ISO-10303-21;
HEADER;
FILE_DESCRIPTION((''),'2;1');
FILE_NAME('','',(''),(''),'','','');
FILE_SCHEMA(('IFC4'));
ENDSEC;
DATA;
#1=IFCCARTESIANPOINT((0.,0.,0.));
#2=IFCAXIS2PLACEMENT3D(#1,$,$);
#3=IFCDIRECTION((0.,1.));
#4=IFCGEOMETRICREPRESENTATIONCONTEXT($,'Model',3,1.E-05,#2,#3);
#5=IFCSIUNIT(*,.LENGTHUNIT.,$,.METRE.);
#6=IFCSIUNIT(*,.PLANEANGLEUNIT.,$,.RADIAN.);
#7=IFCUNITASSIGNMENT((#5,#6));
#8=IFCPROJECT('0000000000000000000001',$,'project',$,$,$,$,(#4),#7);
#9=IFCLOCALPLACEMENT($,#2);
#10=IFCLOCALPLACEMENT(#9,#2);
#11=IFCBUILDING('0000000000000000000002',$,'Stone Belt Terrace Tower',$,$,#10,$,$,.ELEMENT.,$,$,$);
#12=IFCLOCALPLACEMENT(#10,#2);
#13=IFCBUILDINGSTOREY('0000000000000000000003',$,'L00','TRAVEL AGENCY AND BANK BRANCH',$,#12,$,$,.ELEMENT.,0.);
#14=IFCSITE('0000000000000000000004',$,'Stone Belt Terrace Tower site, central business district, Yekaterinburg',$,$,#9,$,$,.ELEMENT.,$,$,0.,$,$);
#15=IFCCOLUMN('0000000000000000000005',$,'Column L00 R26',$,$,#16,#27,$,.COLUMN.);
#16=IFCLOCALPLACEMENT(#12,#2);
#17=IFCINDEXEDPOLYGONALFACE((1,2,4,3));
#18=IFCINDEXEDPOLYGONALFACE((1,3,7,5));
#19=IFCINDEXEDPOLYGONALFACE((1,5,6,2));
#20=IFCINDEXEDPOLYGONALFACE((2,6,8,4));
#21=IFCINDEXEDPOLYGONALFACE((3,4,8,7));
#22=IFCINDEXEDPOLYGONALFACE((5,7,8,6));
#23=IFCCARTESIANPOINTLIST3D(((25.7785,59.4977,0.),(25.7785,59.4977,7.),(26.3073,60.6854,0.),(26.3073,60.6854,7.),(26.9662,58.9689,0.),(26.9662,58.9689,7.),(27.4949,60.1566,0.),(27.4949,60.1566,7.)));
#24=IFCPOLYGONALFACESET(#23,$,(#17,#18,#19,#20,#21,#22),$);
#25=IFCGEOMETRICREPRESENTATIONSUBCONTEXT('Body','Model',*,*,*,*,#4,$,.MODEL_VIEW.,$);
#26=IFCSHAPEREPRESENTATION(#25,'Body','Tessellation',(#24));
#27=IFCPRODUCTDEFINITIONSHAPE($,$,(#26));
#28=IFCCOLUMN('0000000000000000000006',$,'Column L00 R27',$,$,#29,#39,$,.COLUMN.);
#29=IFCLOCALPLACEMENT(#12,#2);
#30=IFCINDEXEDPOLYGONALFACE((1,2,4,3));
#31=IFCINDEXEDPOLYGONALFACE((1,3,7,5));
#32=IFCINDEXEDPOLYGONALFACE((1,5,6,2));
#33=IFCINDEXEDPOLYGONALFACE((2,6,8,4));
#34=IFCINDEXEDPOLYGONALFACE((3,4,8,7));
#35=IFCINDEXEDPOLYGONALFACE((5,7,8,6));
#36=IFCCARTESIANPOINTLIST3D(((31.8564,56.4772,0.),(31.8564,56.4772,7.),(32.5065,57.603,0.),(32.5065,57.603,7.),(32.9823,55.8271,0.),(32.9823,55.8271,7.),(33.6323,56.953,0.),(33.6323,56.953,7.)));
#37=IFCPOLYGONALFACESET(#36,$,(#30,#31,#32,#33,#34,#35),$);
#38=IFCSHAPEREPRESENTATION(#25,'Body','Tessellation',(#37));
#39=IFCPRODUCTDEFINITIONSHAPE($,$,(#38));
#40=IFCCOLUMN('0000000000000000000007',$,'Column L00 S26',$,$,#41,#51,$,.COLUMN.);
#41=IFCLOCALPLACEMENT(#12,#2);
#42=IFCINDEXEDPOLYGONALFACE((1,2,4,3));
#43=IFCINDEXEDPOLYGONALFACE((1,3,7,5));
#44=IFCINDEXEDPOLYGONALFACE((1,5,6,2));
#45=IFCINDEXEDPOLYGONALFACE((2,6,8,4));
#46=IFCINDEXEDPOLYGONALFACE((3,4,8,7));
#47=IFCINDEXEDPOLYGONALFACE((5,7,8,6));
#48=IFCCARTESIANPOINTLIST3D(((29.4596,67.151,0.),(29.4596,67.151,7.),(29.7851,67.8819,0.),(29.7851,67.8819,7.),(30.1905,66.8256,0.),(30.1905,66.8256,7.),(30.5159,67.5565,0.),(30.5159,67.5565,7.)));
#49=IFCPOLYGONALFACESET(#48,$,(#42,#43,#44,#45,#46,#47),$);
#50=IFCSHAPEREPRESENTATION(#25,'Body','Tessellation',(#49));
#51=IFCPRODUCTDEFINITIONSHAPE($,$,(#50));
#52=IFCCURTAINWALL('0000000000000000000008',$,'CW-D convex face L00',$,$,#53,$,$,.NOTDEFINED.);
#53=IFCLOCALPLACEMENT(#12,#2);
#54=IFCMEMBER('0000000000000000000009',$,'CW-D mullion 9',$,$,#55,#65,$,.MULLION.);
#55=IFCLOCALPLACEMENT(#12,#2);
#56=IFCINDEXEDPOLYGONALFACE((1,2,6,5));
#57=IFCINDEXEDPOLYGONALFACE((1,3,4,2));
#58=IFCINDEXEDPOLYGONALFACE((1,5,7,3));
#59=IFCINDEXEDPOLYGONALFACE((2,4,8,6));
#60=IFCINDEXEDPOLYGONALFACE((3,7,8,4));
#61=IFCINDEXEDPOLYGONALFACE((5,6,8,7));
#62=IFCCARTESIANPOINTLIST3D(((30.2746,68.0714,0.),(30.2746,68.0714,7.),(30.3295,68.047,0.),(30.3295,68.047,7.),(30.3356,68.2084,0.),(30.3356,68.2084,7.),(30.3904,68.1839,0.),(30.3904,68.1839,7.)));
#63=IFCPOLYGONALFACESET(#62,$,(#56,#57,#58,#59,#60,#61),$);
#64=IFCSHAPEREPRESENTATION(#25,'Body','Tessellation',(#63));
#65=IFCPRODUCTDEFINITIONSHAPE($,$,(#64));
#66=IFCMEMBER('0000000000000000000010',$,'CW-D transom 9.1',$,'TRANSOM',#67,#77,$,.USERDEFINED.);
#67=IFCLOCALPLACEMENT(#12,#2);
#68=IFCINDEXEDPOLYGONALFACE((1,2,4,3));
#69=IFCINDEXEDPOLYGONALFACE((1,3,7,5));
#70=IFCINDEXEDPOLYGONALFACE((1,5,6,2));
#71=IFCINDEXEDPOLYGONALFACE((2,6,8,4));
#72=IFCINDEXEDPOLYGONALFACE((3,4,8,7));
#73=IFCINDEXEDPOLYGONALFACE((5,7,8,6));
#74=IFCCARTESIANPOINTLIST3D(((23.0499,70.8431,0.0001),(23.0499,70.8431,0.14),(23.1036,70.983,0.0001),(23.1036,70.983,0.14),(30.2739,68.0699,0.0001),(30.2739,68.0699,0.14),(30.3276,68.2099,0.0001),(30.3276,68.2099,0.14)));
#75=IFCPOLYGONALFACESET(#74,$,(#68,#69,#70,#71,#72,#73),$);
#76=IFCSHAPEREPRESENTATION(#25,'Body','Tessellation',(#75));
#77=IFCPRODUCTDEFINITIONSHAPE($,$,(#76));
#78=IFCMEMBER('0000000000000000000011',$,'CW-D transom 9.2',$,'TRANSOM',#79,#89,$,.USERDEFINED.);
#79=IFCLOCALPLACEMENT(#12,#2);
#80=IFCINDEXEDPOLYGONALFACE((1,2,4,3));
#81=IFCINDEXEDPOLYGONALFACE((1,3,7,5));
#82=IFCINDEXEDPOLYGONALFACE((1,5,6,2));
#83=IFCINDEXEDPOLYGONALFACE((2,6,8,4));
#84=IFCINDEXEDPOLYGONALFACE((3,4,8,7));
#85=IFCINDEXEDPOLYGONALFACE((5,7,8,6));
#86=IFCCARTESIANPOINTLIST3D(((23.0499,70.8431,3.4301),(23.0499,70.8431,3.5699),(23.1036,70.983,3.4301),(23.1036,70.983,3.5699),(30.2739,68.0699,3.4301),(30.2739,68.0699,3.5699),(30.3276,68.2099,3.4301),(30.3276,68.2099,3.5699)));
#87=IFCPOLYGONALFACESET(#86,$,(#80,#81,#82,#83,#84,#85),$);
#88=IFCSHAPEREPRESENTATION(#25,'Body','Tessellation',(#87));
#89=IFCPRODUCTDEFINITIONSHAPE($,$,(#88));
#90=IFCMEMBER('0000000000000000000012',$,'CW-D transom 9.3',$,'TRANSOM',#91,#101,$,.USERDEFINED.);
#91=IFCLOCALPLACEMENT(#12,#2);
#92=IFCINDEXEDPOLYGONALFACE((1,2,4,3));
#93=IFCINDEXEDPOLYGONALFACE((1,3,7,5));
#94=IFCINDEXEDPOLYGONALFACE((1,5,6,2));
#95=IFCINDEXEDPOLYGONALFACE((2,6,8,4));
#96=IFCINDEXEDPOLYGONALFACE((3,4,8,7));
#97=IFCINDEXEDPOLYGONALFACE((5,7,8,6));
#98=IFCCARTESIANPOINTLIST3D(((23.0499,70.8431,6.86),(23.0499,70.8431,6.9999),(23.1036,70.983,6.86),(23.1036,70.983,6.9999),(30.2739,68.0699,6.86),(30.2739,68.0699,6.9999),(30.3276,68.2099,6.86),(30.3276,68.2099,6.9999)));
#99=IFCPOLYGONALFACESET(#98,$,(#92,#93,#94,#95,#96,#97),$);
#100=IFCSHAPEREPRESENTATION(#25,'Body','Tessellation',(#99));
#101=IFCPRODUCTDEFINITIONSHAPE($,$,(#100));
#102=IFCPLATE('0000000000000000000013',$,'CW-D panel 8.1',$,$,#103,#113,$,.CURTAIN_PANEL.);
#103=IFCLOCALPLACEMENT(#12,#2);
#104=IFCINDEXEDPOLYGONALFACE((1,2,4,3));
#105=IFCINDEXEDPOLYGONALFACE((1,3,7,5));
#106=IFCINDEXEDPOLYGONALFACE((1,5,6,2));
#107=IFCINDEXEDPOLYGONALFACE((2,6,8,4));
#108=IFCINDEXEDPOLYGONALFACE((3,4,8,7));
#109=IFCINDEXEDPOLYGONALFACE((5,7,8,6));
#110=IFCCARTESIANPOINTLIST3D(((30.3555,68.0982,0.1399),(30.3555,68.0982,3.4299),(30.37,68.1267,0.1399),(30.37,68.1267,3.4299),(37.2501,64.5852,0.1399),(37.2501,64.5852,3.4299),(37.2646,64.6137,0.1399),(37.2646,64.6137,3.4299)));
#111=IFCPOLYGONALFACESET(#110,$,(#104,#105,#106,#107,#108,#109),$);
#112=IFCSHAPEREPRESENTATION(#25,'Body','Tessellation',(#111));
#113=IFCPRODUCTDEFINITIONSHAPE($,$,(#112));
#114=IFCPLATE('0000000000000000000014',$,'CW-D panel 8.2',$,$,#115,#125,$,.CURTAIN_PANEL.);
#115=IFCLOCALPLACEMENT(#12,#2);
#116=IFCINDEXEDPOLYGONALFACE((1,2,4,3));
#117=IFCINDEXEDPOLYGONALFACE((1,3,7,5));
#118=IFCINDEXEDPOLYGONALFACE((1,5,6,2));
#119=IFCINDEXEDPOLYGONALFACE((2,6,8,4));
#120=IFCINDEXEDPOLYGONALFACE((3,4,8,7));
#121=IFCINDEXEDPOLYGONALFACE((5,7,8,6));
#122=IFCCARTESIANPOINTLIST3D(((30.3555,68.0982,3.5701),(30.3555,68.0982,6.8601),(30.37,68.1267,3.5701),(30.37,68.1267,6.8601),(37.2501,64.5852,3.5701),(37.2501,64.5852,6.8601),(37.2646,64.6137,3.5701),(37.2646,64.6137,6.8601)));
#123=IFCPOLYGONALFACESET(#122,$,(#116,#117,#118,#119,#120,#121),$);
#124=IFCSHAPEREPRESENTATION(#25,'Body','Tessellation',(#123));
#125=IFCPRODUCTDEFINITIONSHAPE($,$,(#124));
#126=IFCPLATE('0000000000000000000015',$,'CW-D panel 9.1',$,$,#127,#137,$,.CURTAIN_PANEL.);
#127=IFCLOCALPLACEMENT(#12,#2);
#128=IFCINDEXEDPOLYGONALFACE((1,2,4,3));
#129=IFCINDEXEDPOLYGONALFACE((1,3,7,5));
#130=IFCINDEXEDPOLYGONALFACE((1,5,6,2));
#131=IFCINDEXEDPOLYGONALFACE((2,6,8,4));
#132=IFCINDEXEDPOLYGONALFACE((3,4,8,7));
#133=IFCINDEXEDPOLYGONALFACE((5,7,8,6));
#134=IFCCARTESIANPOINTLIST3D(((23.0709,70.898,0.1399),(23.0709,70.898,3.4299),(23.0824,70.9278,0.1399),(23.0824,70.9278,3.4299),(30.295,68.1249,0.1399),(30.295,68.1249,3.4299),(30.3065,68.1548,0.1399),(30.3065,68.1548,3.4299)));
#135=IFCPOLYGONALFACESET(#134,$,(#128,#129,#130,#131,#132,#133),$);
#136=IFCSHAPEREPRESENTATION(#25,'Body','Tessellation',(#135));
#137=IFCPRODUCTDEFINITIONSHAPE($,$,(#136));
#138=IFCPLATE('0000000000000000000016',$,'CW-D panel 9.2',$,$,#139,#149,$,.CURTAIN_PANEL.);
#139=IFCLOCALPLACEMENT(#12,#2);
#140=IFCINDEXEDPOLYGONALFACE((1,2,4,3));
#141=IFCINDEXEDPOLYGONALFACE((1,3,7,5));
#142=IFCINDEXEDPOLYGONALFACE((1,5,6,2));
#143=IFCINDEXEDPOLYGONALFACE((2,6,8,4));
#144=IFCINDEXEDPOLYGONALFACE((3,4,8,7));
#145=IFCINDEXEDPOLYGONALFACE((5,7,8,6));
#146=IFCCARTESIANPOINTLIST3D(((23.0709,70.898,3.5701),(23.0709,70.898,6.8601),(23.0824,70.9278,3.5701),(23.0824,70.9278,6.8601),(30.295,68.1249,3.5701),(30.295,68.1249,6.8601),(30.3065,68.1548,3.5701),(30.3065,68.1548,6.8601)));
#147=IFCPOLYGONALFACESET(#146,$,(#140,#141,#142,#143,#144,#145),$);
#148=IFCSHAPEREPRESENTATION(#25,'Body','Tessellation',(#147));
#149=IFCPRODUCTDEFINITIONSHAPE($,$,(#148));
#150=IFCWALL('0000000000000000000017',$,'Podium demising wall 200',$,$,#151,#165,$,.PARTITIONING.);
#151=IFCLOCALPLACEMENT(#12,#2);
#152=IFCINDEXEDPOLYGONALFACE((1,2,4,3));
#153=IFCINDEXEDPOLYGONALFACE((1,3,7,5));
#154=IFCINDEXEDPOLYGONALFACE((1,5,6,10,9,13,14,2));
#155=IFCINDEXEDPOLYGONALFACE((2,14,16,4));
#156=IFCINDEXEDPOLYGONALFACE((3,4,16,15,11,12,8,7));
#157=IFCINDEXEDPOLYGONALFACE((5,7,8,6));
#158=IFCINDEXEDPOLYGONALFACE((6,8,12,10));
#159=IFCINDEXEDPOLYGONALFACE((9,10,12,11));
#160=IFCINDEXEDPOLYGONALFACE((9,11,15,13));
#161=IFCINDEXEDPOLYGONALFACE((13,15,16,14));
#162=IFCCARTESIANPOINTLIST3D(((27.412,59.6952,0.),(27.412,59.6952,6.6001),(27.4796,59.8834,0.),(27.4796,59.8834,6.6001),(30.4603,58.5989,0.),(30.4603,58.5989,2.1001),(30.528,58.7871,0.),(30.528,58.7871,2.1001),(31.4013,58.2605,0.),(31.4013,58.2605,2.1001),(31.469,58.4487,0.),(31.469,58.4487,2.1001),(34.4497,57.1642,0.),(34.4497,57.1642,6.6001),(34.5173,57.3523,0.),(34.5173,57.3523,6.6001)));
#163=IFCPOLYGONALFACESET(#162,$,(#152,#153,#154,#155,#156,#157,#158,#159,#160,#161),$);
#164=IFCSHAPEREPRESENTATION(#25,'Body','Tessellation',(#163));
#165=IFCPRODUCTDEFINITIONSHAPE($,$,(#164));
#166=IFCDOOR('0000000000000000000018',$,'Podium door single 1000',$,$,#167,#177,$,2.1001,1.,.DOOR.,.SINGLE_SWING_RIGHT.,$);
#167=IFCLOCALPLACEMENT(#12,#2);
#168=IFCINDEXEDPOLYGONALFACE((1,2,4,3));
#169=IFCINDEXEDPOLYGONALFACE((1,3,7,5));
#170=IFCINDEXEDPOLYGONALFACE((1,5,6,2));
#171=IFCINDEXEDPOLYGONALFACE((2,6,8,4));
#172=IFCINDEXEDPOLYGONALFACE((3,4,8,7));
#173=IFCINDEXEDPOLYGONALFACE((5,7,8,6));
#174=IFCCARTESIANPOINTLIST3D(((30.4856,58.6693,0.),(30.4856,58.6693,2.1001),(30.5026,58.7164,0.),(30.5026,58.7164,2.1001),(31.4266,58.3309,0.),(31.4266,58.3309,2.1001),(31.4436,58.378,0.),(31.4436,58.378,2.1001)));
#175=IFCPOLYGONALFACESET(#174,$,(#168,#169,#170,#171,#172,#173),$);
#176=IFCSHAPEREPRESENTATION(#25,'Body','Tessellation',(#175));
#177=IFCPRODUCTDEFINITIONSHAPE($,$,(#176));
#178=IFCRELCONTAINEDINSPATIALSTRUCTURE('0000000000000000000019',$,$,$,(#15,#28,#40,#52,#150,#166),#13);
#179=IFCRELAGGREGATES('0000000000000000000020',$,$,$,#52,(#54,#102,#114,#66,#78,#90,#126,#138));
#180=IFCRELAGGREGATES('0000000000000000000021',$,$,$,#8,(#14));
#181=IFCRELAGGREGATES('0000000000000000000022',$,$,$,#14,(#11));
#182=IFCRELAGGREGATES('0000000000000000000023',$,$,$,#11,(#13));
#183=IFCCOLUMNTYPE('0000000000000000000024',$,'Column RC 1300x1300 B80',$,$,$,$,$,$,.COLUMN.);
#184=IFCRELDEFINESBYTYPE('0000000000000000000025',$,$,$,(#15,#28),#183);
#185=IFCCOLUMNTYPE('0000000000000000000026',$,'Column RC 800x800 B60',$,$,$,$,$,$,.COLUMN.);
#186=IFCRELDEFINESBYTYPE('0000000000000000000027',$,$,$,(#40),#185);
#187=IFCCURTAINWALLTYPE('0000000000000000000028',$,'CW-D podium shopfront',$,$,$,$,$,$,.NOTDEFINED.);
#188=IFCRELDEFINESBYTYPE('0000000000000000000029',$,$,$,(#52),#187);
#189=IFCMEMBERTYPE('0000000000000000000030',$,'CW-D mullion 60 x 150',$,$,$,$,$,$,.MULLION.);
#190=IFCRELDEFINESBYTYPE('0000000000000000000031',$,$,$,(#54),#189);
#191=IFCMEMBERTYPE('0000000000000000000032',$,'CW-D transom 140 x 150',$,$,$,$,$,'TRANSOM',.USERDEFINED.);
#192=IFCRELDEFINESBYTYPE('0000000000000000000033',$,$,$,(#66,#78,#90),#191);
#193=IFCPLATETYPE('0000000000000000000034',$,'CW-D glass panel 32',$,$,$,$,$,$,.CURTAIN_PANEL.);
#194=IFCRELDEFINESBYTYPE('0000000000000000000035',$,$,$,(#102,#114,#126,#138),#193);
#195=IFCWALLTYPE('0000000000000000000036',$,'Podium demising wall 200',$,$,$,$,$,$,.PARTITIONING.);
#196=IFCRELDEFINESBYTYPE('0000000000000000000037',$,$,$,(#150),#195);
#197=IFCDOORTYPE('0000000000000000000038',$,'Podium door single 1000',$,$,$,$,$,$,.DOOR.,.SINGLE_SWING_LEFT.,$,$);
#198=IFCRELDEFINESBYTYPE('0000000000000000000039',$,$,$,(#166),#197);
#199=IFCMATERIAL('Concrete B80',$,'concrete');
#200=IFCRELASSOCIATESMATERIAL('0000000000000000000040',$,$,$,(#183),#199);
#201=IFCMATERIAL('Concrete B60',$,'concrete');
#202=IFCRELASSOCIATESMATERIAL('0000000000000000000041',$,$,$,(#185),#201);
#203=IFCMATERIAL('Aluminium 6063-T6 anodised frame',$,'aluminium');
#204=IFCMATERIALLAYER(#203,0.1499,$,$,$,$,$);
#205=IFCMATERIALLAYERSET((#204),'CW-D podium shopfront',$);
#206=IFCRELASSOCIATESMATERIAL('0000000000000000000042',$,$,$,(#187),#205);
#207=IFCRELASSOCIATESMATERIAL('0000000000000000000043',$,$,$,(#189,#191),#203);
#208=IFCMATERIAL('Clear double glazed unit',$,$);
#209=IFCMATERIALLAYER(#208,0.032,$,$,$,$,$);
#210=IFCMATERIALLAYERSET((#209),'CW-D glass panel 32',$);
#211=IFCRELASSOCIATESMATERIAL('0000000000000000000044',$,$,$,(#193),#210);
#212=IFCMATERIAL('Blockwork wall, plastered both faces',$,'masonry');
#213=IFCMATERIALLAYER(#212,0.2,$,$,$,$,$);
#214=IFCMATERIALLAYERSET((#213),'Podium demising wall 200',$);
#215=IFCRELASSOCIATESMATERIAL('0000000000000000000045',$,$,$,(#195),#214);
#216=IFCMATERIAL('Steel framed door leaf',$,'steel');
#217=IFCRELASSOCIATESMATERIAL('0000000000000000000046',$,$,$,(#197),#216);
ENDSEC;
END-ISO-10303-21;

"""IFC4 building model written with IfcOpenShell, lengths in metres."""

from ifc_helpers import new_model, si_unit, direction, frame, frame_2d, origin, origin_2d, place, context, subcontext, project, spatial, rectangle, extrude, material, layer, layer_set, material_profile, profile_set, type_object, element, fill, aggregate, save


model = new_model("IFC4")

# Units and contexts
model_context = context("Model", 3, precision=1e-05, world=origin(), true_north=direction((0.0, 1.0)))
body_context = subcontext(model_context, "Body", "Model", "MODEL_VIEW")
ifc_project = project(units=[si_unit("LENGTHUNIT", "METRE"), si_unit("PLANEANGLEUNIT", "RADIAN")], contexts=[model_context])

# Site, building, storey
site_placement = place(None, origin())
site = spatial("IfcSite", under=ifc_project, at=site_placement, Name="Stone Belt Terrace Tower site, central business district, Yekaterinburg", CompositionType="ELEMENT", RefElevation=0.0)
building_placement = place(site_placement, origin())
building = spatial("IfcBuilding", under=site, at=building_placement, Name="Stone Belt Terrace Tower", CompositionType="ELEMENT")
storey_placement = place(building_placement, origin())
storey = spatial("IfcBuildingStorey", under=building, at=storey_placement, Name="L00", Description="TRAVEL AGENCY AND BANK BRANCH", CompositionType="ELEMENT", Elevation=0.0)

# Columns
ifc_material_1 = material(Name="Concrete B80", Category="concrete")
ifc_material_profile_1 = material_profile(ifc_material_1, rectangle(XDim=1.3, YDim=1.3, at=origin_2d()), Name="RC 1300x1300")
ifc_profile_set_1 = profile_set([ifc_material_profile_1], Name="Concrete B80")
column_type_1 = type_object("IfcColumnType", Name="Column RC 1300x1300 B80", PredefinedType="COLUMN", material=ifc_profile_set_1)
for number, where, z_axis, x_axis, name in (
    (1, (26.6367, 59.8271, 0.0), (0.0, 0.0, 1.0), (0.913545, -0.406737, 0.0), "Column L00 R26"),
    (2, (32.7444, 56.7151, 0.0), (0.0, 0.0, 1.0), (0.866025, -0.5, 0.0), "Column L00 R27"),
):
    element("IfcColumn", number, at=place(storey_placement, frame(where, z_axis=z_axis, x_axis=x_axis)), inside=storey, type_object=column_type_1, Name=name, PredefinedType="COLUMN", context=body_context, shape_type="SweptSolid", body=[
        extrude(rectangle(XDim=1.3, YDim=1.3, at=origin_2d()), origin(), (0.0, 0.0, 1.0), 7.0),
    ])
ifc_material_2 = material(Name="Concrete B60", Category="concrete")
ifc_material_profile_2 = material_profile(ifc_material_2, rectangle(XDim=0.8, YDim=0.8, at=origin_2d()), Name="RC 800x800")
ifc_profile_set_2 = profile_set([ifc_material_profile_2], Name="Concrete B60")
column_type_2 = type_object("IfcColumnType", Name="Column RC 800x800 B60", PredefinedType="COLUMN", material=ifc_profile_set_2)
column_placement = place(storey_placement, frame((29.9878, 67.3538, 0.0), z_axis=(0.0, 0.0, 1.0), x_axis=(0.913545, -0.406737, 0.0)))
element("IfcColumn", 3, at=column_placement, inside=storey, type_object=column_type_2, Name="Column L00 S26", PredefinedType="COLUMN", context=body_context, shape_type="SweptSolid", body=[
    extrude(rectangle(XDim=0.8, YDim=0.8, at=origin_2d()), origin(), (0.0, 0.0, 1.0), 7.0),
])

# Curtain wall, members, plates
ifc_material_3 = material(Name="Aluminium 6063-T6 anodised frame", Category="aluminium")
ifc_layer_1 = layer(ifc_material_3, 0.1499)
ifc_layer_set_1 = layer_set([ifc_layer_1], Name="CW-D podium shopfront")
curtain_wall_type = type_object("IfcCurtainWallType", Name="CW-D podium shopfront", PredefinedType="NOTDEFINED", material=ifc_layer_set_1)
curtain_wall_placement = place(storey_placement, origin())
curtain_wall = element("IfcCurtainWall", 4, at=curtain_wall_placement, inside=storey, type_object=curtain_wall_type, Name="CW-D convex face L00", PredefinedType="NOTDEFINED")
ifc_material_profile_3 = material_profile(ifc_material_3, rectangle(XDim=0.1499, YDim=0.0601, at=origin_2d()), Name="Aluminium 6063-T6 60x150")
ifc_profile_set_3 = profile_set([ifc_material_profile_3], Name="Aluminium 6063-T6 anodised frame")
member_type_1 = type_object("IfcMemberType", Name="CW-D mullion 60 x 150", PredefinedType="MULLION", material=ifc_profile_set_3)
member_1_placement = place(storey_placement, frame((30.3325, 68.1277, 0.0), z_axis=(0.0, 0.0, 1.0), x_axis=(-0.406737, -0.913545, 0.0)))
member_1 = element("IfcMember", 5, at=member_1_placement, type_object=member_type_1, Name="CW-D mullion 9", PredefinedType="MULLION", context=body_context, shape_type="SweptSolid", body=[
    extrude(rectangle(XDim=0.1499, YDim=0.0601, at=origin_2d()), origin(), (0.0, 0.0, 1.0), 7.0),
])
ifc_material_profile_4 = material_profile(ifc_material_3, rectangle(XDim=0.1499, YDim=0.1399, at=origin_2d()), Name="Aluminium 6063-T6 150x140")
ifc_profile_set_4 = profile_set([ifc_material_profile_4], Name="Aluminium 6063-T6 anodised frame")
member_type_2 = type_object("IfcMemberType", Name="CW-D transom 140 x 150", ElementType="TRANSOM", PredefinedType="USERDEFINED", material=ifc_profile_set_4)
member_2_placement = place(storey_placement, frame((30.3008, 68.1399, 0.0701), z_axis=(-0.933576, 0.358381, 0.0), x_axis=(-0.358381, -0.933576, 0.0)))
member_2 = element("IfcMember", 6, at=member_2_placement, type_object=member_type_2, Name="CW-D transom 9.1", ObjectType="TRANSOM", PredefinedType="USERDEFINED", context=body_context, shape_type="SweptSolid", body=[
    extrude(rectangle(XDim=0.1499, YDim=0.1399, at=origin_2d()), origin(), (0.0, 0.0, 1.0), 7.738),
])
member_3_placement = place(storey_placement, frame((30.3008, 68.1399, 3.5), z_axis=(-0.933576, 0.358381, 0.0), x_axis=(-0.358381, -0.933576, 0.0)))
member_3 = element("IfcMember", 7, at=member_3_placement, type_object=member_type_2, Name="CW-D transom 9.2", ObjectType="TRANSOM", PredefinedType="USERDEFINED", context=body_context, shape_type="SweptSolid", body=[
    extrude(rectangle(XDim=0.1499, YDim=0.1399, at=origin_2d()), origin(), (0.0, 0.0, 1.0), 7.738),
])
member_4_placement = place(storey_placement, frame((30.3008, 68.1399, 6.9299), z_axis=(-0.933576, 0.358381, 0.0), x_axis=(-0.358381, -0.933576, 0.0)))
member_4 = element("IfcMember", 8, at=member_4_placement, type_object=member_type_2, Name="CW-D transom 9.3", ObjectType="TRANSOM", PredefinedType="USERDEFINED", context=body_context, shape_type="SweptSolid", body=[
    extrude(rectangle(XDim=0.1499, YDim=0.1399, at=origin_2d()), origin(), (0.0, 0.0, 1.0), 7.738),
])
ifc_material_4 = material(Name="Clear double glazed unit")
ifc_layer_2 = layer(ifc_material_4, 0.032)
ifc_layer_set_2 = layer_set([ifc_layer_2], Name="CW-D glass panel 32")
plate_type = type_object("IfcPlateType", Name="CW-D glass panel 32", PredefinedType="CURTAIN_PANEL", material=ifc_layer_set_2)
plate_1_placement = place(storey_placement, frame((33.8101, 66.356, 0.1399), z_axis=(0.0, 0.0, 1.0), x_axis=(-0.891007, 0.45399, 0.0)))
plate_1 = element("IfcPlate", 9, at=plate_1_placement, type_object=plate_type, Name="CW-D panel 8.1", PredefinedType="CURTAIN_PANEL", context=body_context, shape_type="SweptSolid", body=[
    extrude(rectangle(XDim=7.738, YDim=0.032, at=origin_2d()), origin(), (0.0, 0.0, 1.0), 3.29),
])
plate_2_placement = place(storey_placement, frame((33.8101, 66.356, 3.5701), z_axis=(0.0, 0.0, 1.0), x_axis=(-0.891007, 0.45399, 0.0)))
plate_2 = element("IfcPlate", 10, at=plate_2_placement, type_object=plate_type, Name="CW-D panel 8.2", PredefinedType="CURTAIN_PANEL", context=body_context, shape_type="SweptSolid", body=[
    extrude(rectangle(XDim=7.738, YDim=0.032, at=origin_2d()), origin(), (0.0, 0.0, 1.0), 3.29),
])
plate_3_placement = place(storey_placement, frame((26.6887, 69.5264, 0.1399), z_axis=(0.0, 0.0, 1.0), x_axis=(-0.93358, 0.358368, 0.0)))
plate_3 = element("IfcPlate", 11, at=plate_3_placement, type_object=plate_type, Name="CW-D panel 9.1", PredefinedType="CURTAIN_PANEL", context=body_context, shape_type="SweptSolid", body=[
    extrude(rectangle(XDim=7.738, YDim=0.032, at=origin_2d()), origin(), (0.0, 0.0, 1.0), 3.29),
])
plate_4_placement = place(storey_placement, frame((26.6887, 69.5264, 3.5701), z_axis=(0.0, 0.0, 1.0), x_axis=(-0.93358, 0.358368, 0.0)))
plate_4 = element("IfcPlate", 12, at=plate_4_placement, type_object=plate_type, Name="CW-D panel 9.2", PredefinedType="CURTAIN_PANEL", context=body_context, shape_type="SweptSolid", body=[
    extrude(rectangle(XDim=7.738, YDim=0.032, at=origin_2d()), origin(), (0.0, 0.0, 1.0), 3.29),
])
aggregate(curtain_wall, [member_1, plate_1, plate_2, member_2, member_3, member_4, plate_3, plate_4])

# Wall, opening, door
ifc_material_5 = material(Name="Blockwork wall, plastered both faces", Category="masonry")
ifc_layer_3 = layer(ifc_material_5, 0.2)
ifc_layer_set_3 = layer_set([ifc_layer_3], Name="Podium demising wall 200")
wall_type_1 = type_object("IfcWallType", Name="Podium demising wall 200", PredefinedType="PARTITIONING", material=ifc_layer_set_3)
wall_1_placement = place(storey_placement, frame((27.4458, 59.7893, 0.0), z_axis=(0.0, 0.0, 1.0), x_axis=(0.940995, -0.33842, 0.0)))
wall_1 = element("IfcWall", 13, at=wall_1_placement, inside=storey, type_object=wall_type_1, Name="Podium demising wall 200", PredefinedType="PARTITIONING", context=body_context, shape_type="SweptSolid", body=[
    extrude(rectangle(XDim=7.479, YDim=0.2, at=frame_2d((3.7395, 0.0))), origin(), (0.0, 0.0, 1.0), 6.6001),
])
opening_placement = place(wall_1_placement, frame((3.2395, 0.0, 0.0)))
opening = element("IfcOpeningElement", 14, at=opening_placement, cuts=wall_1, PredefinedType="OPENING", context=body_context, shape_type="SweptSolid", body=[
    extrude(rectangle(XDim=1.0, YDim=2.1001, at=frame_2d((0.5, 1.05))), frame((0.0, 0.1099, 0.0), z_axis=(0.0, -1.0, 0.0), x_axis=(1.0, 0.0, 0.0)), (0.0, 0.0, 1.0), 0.22),
])
ifc_material_6 = material(Name="Steel framed door leaf", Category="steel")
door_type = type_object("IfcDoorType", Name="Podium door single 1000", OperationType="SINGLE_SWING_LEFT", PredefinedType="DOOR", material=ifc_material_6)
door_placement = place(opening_placement, origin())
door = element("IfcDoor", 15, at=door_placement, inside=storey, type_object=door_type, Name="Podium door single 1000", OperationType="SINGLE_SWING_RIGHT", OverallHeight=2.1001, OverallWidth=1.0, PredefinedType="DOOR", context=body_context, shape_type="SweptSolid", body=[
    extrude(rectangle(XDim=1.0, YDim=2.1001, at=frame_2d((0.5, 1.05))), frame((0.0, 0.0249, 0.0), z_axis=(0.0, -1.0, 0.0), x_axis=(1.0, 0.0, 0.0)), (0.0, 0.0, 1.0), 0.05),
])
fill(opening, door)

save(model, "model.ifc")
